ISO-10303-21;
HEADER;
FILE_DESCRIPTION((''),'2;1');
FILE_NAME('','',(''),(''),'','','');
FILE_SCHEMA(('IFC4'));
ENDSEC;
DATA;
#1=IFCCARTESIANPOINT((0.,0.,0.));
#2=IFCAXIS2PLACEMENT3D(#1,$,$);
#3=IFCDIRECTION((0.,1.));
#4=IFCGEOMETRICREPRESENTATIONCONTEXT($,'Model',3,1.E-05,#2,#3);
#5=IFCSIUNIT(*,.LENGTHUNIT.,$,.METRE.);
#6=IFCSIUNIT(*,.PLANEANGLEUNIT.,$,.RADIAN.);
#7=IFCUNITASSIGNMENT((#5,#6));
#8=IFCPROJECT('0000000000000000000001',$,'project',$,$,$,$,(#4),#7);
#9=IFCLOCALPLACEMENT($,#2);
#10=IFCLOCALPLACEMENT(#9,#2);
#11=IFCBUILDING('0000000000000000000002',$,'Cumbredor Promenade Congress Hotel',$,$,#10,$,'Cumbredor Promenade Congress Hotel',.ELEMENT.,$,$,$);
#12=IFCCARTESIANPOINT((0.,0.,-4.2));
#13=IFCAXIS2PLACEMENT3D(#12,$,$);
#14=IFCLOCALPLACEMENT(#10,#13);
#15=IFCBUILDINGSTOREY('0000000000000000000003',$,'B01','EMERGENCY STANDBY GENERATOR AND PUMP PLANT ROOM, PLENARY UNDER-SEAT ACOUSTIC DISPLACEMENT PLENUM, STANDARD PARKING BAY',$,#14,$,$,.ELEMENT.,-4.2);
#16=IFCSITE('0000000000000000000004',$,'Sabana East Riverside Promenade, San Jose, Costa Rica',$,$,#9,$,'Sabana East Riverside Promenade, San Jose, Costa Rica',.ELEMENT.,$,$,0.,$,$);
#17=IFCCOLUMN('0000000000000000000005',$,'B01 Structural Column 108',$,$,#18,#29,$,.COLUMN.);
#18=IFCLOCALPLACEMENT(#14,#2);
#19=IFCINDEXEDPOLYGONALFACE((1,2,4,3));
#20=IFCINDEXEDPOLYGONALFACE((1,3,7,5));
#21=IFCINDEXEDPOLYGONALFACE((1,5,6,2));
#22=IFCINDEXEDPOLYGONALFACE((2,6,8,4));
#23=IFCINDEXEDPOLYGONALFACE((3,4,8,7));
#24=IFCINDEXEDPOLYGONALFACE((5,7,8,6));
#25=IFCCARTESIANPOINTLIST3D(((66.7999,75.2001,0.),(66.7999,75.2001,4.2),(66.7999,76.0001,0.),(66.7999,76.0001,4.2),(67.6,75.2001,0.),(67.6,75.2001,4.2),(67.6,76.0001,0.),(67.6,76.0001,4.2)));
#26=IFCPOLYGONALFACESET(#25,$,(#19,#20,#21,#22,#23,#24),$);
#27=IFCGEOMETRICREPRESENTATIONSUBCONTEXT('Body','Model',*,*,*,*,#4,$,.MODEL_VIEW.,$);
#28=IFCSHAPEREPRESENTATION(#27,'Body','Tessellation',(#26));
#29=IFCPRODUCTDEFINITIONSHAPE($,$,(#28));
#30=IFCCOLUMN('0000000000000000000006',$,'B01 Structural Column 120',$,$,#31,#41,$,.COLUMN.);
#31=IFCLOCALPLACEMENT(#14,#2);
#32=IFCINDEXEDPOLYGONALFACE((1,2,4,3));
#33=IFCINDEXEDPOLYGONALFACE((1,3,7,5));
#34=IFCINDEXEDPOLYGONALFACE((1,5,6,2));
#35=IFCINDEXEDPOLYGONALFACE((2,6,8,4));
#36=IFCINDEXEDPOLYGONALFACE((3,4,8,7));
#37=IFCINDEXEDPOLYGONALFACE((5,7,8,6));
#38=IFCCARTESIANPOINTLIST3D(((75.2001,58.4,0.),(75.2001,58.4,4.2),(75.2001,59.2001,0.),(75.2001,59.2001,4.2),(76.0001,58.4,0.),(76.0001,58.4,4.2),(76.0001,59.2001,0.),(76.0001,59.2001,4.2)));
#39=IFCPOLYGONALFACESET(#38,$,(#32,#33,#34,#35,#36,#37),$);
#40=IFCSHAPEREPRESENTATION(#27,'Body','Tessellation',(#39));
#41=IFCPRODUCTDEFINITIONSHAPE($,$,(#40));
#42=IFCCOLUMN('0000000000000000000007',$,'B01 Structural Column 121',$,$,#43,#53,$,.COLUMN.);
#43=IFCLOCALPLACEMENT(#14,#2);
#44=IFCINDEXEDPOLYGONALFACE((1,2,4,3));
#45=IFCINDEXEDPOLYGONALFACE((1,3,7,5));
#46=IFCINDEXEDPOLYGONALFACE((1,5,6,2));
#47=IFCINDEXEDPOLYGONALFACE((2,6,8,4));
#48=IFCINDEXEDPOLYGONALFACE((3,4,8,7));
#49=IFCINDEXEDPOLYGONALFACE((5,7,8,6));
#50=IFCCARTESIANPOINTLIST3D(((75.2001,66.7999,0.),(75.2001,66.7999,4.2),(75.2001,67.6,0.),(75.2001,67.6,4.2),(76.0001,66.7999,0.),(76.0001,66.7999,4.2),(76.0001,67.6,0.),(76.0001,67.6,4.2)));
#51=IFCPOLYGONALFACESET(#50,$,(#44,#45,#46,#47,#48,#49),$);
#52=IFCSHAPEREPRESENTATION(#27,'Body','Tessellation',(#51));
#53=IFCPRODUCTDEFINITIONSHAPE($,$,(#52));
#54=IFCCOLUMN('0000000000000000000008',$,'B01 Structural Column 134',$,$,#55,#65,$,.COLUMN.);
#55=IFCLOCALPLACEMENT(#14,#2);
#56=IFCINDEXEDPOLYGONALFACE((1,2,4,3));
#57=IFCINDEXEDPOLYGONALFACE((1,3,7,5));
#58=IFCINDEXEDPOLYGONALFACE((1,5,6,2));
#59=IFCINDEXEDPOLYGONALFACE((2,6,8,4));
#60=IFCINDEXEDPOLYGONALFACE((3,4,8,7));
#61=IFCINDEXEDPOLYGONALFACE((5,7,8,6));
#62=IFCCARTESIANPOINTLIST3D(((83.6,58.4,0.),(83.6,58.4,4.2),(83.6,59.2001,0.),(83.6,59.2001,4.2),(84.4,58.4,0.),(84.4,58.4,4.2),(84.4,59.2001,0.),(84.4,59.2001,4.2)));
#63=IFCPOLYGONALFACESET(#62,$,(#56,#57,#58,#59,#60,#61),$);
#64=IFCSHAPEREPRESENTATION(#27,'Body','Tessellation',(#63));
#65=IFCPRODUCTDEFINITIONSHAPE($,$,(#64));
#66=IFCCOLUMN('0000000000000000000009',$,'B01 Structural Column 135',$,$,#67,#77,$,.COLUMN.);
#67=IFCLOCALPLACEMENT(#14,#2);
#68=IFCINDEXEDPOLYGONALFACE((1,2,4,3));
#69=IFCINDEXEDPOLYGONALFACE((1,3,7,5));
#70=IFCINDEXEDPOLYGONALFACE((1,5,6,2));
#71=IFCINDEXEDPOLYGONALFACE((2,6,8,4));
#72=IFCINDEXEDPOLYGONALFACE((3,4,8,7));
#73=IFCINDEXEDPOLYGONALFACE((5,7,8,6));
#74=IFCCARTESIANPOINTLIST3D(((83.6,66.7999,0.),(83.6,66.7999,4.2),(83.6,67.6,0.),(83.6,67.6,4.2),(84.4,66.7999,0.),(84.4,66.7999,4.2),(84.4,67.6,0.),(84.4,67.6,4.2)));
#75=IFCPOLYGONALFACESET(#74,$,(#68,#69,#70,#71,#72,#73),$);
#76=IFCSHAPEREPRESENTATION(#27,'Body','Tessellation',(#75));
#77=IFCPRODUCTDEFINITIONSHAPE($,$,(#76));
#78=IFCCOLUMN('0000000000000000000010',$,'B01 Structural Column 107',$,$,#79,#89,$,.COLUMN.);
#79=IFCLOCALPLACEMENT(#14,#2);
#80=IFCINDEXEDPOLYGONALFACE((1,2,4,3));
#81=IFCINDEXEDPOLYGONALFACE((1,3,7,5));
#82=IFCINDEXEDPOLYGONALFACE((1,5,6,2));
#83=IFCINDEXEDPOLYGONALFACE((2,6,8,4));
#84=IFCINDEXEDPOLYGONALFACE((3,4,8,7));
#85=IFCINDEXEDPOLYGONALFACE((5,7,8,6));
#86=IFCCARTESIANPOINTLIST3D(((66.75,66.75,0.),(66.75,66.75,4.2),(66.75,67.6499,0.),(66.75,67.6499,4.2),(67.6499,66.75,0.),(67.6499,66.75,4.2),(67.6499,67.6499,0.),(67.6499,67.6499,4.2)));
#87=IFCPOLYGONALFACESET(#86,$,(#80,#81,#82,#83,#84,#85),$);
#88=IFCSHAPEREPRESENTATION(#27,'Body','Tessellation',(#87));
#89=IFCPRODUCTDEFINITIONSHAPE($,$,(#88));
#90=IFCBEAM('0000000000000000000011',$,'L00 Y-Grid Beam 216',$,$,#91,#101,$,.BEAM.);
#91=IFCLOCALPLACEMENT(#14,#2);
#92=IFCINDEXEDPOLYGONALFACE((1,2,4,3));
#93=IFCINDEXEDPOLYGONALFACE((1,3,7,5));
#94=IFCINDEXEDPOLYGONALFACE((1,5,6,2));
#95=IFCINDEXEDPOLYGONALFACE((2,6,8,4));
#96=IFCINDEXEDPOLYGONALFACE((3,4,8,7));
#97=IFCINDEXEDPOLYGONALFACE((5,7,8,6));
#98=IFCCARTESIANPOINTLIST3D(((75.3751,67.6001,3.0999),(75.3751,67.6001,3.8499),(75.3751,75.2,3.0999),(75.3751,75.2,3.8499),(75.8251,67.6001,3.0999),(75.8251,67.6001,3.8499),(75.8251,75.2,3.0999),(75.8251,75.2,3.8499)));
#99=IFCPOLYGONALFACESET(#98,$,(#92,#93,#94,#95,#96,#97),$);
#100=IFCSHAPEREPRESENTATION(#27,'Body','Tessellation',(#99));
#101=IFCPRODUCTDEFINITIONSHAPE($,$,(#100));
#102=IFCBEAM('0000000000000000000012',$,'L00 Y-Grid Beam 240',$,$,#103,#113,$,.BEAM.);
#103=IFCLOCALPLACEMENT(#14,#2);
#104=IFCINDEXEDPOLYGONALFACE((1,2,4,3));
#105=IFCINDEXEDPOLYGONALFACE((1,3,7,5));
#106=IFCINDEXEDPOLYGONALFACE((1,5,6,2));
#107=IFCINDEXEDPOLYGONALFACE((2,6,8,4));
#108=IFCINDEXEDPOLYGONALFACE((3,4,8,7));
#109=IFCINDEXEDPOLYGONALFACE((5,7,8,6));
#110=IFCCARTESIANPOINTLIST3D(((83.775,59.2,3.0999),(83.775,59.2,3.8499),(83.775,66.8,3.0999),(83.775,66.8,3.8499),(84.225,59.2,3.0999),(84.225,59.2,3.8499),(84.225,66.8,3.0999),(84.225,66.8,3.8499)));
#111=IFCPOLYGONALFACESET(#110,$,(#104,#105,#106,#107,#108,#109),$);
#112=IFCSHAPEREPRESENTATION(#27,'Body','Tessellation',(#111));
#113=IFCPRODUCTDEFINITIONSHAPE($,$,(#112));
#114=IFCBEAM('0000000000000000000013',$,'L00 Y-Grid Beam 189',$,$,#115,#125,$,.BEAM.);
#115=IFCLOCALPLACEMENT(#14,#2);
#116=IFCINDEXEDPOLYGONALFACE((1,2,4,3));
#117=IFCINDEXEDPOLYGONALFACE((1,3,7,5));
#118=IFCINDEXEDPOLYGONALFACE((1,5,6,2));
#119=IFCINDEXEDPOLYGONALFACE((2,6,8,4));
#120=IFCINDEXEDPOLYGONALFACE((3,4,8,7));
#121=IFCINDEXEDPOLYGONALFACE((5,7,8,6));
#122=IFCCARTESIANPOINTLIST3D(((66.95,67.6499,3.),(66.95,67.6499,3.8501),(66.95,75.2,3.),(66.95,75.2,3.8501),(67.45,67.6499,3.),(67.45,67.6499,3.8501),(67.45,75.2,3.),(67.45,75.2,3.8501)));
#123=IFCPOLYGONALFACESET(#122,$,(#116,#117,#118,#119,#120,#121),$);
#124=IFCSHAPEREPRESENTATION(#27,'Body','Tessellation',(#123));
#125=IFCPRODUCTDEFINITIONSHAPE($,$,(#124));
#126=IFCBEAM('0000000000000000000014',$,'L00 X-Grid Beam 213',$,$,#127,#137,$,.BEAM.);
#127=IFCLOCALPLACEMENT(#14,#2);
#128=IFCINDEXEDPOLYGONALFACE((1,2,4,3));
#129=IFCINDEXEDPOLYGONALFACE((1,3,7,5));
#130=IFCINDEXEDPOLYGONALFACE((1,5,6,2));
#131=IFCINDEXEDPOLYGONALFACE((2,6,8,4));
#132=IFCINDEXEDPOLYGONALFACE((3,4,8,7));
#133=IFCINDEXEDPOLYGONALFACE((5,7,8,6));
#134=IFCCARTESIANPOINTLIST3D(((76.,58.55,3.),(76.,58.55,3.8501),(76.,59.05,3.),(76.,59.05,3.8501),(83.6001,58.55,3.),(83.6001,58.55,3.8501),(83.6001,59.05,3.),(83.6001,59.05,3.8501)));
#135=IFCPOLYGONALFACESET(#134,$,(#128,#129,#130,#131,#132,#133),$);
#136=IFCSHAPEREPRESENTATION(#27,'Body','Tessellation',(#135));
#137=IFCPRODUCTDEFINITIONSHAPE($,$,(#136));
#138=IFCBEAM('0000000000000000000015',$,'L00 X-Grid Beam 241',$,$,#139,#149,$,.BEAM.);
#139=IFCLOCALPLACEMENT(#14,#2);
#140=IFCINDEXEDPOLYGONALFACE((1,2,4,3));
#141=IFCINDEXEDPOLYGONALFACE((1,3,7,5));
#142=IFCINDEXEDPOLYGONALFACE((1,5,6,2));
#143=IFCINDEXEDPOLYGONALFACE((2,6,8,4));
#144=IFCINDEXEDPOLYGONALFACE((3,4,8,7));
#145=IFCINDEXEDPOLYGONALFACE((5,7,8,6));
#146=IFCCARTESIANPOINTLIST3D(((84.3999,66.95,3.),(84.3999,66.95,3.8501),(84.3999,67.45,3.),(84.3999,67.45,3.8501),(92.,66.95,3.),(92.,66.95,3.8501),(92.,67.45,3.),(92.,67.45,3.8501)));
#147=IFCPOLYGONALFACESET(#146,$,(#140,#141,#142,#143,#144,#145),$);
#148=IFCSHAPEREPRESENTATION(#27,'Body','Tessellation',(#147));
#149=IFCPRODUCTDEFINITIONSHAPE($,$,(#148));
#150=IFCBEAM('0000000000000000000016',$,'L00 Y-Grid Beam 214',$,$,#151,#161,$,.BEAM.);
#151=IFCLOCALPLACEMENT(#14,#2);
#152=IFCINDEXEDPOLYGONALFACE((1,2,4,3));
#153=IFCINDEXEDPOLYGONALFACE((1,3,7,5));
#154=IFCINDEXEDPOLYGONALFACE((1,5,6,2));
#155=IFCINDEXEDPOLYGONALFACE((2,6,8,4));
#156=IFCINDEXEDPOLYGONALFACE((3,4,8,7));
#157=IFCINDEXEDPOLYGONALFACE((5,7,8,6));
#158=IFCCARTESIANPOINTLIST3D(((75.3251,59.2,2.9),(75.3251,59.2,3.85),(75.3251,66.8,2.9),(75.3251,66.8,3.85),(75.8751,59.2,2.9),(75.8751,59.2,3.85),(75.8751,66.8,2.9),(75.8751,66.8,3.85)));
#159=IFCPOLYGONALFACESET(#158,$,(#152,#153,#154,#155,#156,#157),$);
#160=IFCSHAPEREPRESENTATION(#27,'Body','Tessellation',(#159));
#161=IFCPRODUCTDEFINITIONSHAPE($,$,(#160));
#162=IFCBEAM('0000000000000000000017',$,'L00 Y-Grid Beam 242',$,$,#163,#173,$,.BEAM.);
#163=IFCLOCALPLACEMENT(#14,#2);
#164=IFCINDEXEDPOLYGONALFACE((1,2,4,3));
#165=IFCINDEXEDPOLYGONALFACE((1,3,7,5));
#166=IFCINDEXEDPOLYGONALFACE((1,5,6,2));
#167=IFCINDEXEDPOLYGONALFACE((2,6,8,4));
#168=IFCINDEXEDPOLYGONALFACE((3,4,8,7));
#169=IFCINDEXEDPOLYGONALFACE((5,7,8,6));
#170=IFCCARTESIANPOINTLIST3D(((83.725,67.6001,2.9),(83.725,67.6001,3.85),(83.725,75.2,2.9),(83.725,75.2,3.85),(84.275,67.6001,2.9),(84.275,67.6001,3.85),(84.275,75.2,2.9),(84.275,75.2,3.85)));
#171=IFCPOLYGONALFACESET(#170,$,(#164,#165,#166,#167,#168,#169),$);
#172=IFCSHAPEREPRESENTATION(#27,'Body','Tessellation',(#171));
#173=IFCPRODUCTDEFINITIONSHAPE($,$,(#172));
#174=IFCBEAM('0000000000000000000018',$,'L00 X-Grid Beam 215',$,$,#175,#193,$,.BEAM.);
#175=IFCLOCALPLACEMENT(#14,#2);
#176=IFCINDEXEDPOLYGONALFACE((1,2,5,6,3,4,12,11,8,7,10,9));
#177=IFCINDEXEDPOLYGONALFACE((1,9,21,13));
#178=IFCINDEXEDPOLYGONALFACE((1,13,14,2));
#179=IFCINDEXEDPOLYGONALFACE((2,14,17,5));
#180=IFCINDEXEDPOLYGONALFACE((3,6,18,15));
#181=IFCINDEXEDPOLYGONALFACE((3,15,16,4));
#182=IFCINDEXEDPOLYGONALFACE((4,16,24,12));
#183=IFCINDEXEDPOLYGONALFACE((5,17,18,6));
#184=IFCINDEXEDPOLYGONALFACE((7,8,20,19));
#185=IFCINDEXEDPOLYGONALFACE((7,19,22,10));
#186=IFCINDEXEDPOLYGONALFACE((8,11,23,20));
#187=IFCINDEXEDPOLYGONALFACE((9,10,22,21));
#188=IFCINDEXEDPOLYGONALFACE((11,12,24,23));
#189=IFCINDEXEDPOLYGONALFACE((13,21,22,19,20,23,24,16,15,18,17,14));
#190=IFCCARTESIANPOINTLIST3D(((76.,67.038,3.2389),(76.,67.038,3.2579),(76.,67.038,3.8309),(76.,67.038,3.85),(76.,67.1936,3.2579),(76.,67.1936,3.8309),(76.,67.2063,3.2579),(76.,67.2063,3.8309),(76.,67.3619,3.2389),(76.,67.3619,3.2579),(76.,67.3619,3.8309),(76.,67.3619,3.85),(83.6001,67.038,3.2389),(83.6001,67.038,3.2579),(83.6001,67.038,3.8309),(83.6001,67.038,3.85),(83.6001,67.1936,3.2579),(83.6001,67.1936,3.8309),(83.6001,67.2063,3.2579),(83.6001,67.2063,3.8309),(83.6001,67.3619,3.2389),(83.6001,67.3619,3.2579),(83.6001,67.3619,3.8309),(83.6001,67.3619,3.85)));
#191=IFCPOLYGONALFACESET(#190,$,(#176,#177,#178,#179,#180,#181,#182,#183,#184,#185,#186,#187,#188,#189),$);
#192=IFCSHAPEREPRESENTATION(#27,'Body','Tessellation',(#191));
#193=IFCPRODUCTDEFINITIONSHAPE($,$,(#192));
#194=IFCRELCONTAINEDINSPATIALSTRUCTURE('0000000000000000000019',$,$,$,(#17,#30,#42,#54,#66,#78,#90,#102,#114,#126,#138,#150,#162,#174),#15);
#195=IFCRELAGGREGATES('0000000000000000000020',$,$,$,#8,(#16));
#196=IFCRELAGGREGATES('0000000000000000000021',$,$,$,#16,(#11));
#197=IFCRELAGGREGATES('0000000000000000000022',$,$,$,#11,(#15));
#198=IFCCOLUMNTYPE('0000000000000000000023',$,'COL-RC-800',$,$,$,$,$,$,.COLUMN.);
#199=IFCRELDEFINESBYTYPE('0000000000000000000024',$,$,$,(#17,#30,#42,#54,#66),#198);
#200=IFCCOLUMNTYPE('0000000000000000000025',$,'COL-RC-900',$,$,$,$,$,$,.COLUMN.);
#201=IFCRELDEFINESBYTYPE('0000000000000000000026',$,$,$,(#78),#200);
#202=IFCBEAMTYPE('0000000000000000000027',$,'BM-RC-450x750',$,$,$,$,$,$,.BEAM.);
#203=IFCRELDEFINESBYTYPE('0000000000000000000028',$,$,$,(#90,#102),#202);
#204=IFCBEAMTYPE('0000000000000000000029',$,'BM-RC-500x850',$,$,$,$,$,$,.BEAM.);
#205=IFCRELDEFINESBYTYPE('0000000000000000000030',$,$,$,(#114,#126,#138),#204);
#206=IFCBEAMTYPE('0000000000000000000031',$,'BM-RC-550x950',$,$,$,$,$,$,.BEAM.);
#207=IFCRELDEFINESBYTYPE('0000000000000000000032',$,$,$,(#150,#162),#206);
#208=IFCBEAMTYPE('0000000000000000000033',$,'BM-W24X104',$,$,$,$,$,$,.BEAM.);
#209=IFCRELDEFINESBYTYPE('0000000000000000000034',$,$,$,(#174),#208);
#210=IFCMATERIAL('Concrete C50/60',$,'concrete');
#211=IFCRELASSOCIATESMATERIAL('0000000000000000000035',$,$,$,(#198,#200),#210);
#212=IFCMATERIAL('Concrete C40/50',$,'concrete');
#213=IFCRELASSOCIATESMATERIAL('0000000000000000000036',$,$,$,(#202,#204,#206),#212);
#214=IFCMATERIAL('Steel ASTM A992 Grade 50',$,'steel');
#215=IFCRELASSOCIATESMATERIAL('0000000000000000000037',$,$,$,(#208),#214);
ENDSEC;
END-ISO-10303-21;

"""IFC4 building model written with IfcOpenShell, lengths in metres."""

from ifc_helpers import new_model, si_unit, direction, frame, origin, origin_2d, place, context, subcontext, project, spatial, rectangle, i_section, extrude, material, material_profile, profile_set, type_object, element, save


model = new_model("IFC4")

# Units and contexts
model_context = context("Model", 3, precision=1e-05, world=origin(), true_north=direction((0.0, 1.0)))
body_context = subcontext(model_context, "Body", "Model", "MODEL_VIEW")
ifc_project = project(units=[si_unit("LENGTHUNIT", "METRE"), si_unit("PLANEANGLEUNIT", "RADIAN")], contexts=[model_context])

# Site, building, storey
site_placement = place(None, origin())
site = spatial("IfcSite", under=ifc_project, at=site_placement, Name="Sabana East Riverside Promenade, San Jose, Costa Rica", LongName="Sabana East Riverside Promenade, San Jose, Costa Rica", CompositionType="ELEMENT", RefElevation=0.0)
building_placement = place(site_placement, origin())
building = spatial("IfcBuilding", under=site, at=building_placement, Name="Cumbredor Promenade Congress Hotel", LongName="Cumbredor Promenade Congress Hotel", CompositionType="ELEMENT")
storey_placement = place(building_placement, frame((0.0, 0.0, -4.2)))
storey = spatial("IfcBuildingStorey", under=building, at=storey_placement, Name="B01", Description="EMERGENCY STANDBY GENERATOR AND PUMP PLANT ROOM, PLENARY UNDER-SEAT ACOUSTIC DISPLACEMENT PLENUM, STANDARD PARKING BAY", CompositionType="ELEMENT", Elevation=-4.2)

# Columns
ifc_material_1 = material(Name="Concrete C50/60", Category="concrete")
ifc_material_profile_1 = material_profile(ifc_material_1, rectangle(XDim=0.8, YDim=0.8, at=origin_2d()), Name="RC 800x800")
ifc_profile_set_1 = profile_set([ifc_material_profile_1], Name="Concrete C50/60")
column_type_1 = type_object("IfcColumnType", Name="COL-RC-800", PredefinedType="COLUMN", material=ifc_profile_set_1)
for number, where, z_axis, x_axis, name in (
    (1, (67.2, 75.6001, 0.0), (0.0, 0.0, 1.0), (1.0, 0.0, 0.0), "B01 Structural Column 108"),
    (2, (75.6001, 58.8, 0.0), (0.0, 0.0, 1.0), (1.0, 0.0, 0.0), "B01 Structural Column 120"),
    (3, (75.6001, 67.2, 0.0), (0.0, 0.0, 1.0), (1.0, 0.0, 0.0), "B01 Structural Column 121"),
    (4, (84.0, 58.8, 0.0), (0.0, 0.0, 1.0), (1.0, 0.0, 0.0), "B01 Structural Column 134"),
    (5, (84.0, 67.2, 0.0), (0.0, 0.0, 1.0), (1.0, 0.0, 0.0), "B01 Structural Column 135"),
):
    element("IfcColumn", number, at=place(storey_placement, frame(where, z_axis=z_axis, x_axis=x_axis)), inside=storey, type_object=column_type_1, Name=name, PredefinedType="COLUMN", context=body_context, shape_type="SweptSolid", body=[
        extrude(rectangle(XDim=0.8, YDim=0.8, at=origin_2d()), origin(), (0.0, 0.0, 1.0), 4.2),
    ])
ifc_material_profile_2 = material_profile(ifc_material_1, rectangle(XDim=0.8999, YDim=0.8999, at=origin_2d()), Name="RC 900x900")
ifc_profile_set_2 = profile_set([ifc_material_profile_2], Name="Concrete C50/60")
column_type_2 = type_object("IfcColumnType", Name="COL-RC-900", PredefinedType="COLUMN", material=ifc_profile_set_2)
column_placement = place(storey_placement, frame((67.2, 67.2, 0.0), z_axis=(0.0, 0.0, 1.0), x_axis=(1.0, 0.0, 0.0)))
element("IfcColumn", 6, at=column_placement, inside=storey, type_object=column_type_2, Name="B01 Structural Column 107", PredefinedType="COLUMN", context=body_context, shape_type="SweptSolid", body=[
    extrude(rectangle(XDim=0.8999, YDim=0.8999, at=origin_2d()), origin(), (0.0, 0.0, 1.0), 4.2),
])

# Beams
ifc_material_2 = material(Name="Concrete C40/50", Category="concrete")
ifc_material_profile_3 = material_profile(ifc_material_2, rectangle(XDim=0.45, YDim=0.75, at=origin_2d()), Name="RC BEAM 450x750")
ifc_profile_set_3 = profile_set([ifc_material_profile_3], Name="Concrete C40/50")
beam_type_1 = type_object("IfcBeamType", Name="BM-RC-450x750", PredefinedType="BEAM", material=ifc_profile_set_3)
beam_1_placement = place(storey_placement, frame((75.6001, 67.6001, 3.4749), z_axis=(0.0, 1.0, 0.0), x_axis=(-1.0, 0.0, 0.0)))
element("IfcBeam", 7, at=beam_1_placement, inside=storey, type_object=beam_type_1, Name="L00 Y-Grid Beam 216", PredefinedType="BEAM", context=body_context, shape_type="SweptSolid", body=[
    extrude(rectangle(XDim=0.45, YDim=0.75, at=origin_2d()), origin(), (0.0, 0.0, 1.0), 7.5999),
])
beam_2_placement = place(storey_placement, frame((84.0, 59.2, 3.4749), z_axis=(0.0, 1.0, 0.0), x_axis=(-1.0, 0.0, 0.0)))
element("IfcBeam", 8, at=beam_2_placement, inside=storey, type_object=beam_type_1, Name="L00 Y-Grid Beam 240", PredefinedType="BEAM", context=body_context, shape_type="SweptSolid", body=[
    extrude(rectangle(XDim=0.45, YDim=0.75, at=origin_2d()), origin(), (0.0, 0.0, 1.0), 7.6001),
])
ifc_material_profile_4 = material_profile(ifc_material_2, rectangle(XDim=0.5, YDim=0.8501, at=origin_2d()), Name="RC BEAM 500x850")
ifc_profile_set_4 = profile_set([ifc_material_profile_4], Name="Concrete C40/50")
beam_type_2 = type_object("IfcBeamType", Name="BM-RC-500x850", PredefinedType="BEAM", material=ifc_profile_set_4)
beam_3_placement = place(storey_placement, frame((67.2, 67.6499, 3.425), z_axis=(0.0, 1.0, 0.0), x_axis=(-1.0, 0.0, 0.0)))
element("IfcBeam", 9, at=beam_3_placement, inside=storey, type_object=beam_type_2, Name="L00 Y-Grid Beam 189", PredefinedType="BEAM", context=body_context, shape_type="SweptSolid", body=[
    extrude(rectangle(XDim=0.5, YDim=0.8501, at=origin_2d()), origin(), (0.0, 0.0, 1.0), 7.55),
])
for number, where, z_axis, x_axis, name in (
    (10, (76.0, 58.8, 3.425), (1.0, 0.0, 0.0), (0.0, 1.0, 0.0), "L00 X-Grid Beam 213"),
    (11, (84.3999, 67.2, 3.425), (1.0, 0.0, 0.0), (0.0, 1.0, 0.0), "L00 X-Grid Beam 241"),
):
    element("IfcBeam", number, at=place(storey_placement, frame(where, z_axis=z_axis, x_axis=x_axis)), inside=storey, type_object=beam_type_2, Name=name, PredefinedType="BEAM", context=body_context, shape_type="SweptSolid", body=[
        extrude(rectangle(XDim=0.5, YDim=0.8501, at=origin_2d()), origin(), (0.0, 0.0, 1.0), 7.6001),
    ])
ifc_material_profile_5 = material_profile(ifc_material_2, rectangle(XDim=0.55, YDim=0.95, at=origin_2d()), Name="RC BEAM 550x950")
ifc_profile_set_5 = profile_set([ifc_material_profile_5], Name="Concrete C40/50")
beam_type_3 = type_object("IfcBeamType", Name="BM-RC-550x950", PredefinedType="BEAM", material=ifc_profile_set_5)
beam_4_placement = place(storey_placement, frame((75.6001, 59.2, 3.375), z_axis=(0.0, 1.0, 0.0), x_axis=(-1.0, 0.0, 0.0)))
element("IfcBeam", 12, at=beam_4_placement, inside=storey, type_object=beam_type_3, Name="L00 Y-Grid Beam 214", PredefinedType="BEAM", context=body_context, shape_type="SweptSolid", body=[
    extrude(rectangle(XDim=0.55, YDim=0.95, at=origin_2d()), origin(), (0.0, 0.0, 1.0), 7.6001),
])
beam_5_placement = place(storey_placement, frame((84.0, 67.6001, 3.375), z_axis=(0.0, 1.0, 0.0), x_axis=(-1.0, 0.0, 0.0)))
element("IfcBeam", 13, at=beam_5_placement, inside=storey, type_object=beam_type_3, Name="L00 Y-Grid Beam 242", PredefinedType="BEAM", context=body_context, shape_type="SweptSolid", body=[
    extrude(rectangle(XDim=0.55, YDim=0.95, at=origin_2d()), origin(), (0.0, 0.0, 1.0), 7.5999),
])
ifc_material_3 = material(Name="Steel ASTM A992 Grade 50", Category="steel")
ifc_material_profile_6 = material_profile(ifc_material_3, i_section(OverallWidth=0.324, OverallDepth=0.6111, WebThickness=0.0127, FlangeThickness=0.019, at=origin_2d()), Name="W24X104")
ifc_profile_set_6 = profile_set([ifc_material_profile_6], Name="Steel ASTM A992 Grade 50")
beam_type_4 = type_object("IfcBeamType", Name="BM-W24X104", PredefinedType="BEAM", material=ifc_profile_set_6)
for number, where, z_axis, x_axis, name in (
    (14, (76.0, 67.2, 3.5444), (1.0, 0.0, 0.0), (0.0, 1.0, 0.0), "L00 X-Grid Beam 215"),
):
    element("IfcBeam", number, at=place(storey_placement, frame(where, z_axis=z_axis, x_axis=x_axis)), inside=storey, type_object=beam_type_4, Name=name, PredefinedType="BEAM", context=body_context, shape_type="SweptSolid", body=[
        extrude(i_section(OverallWidth=0.324, OverallDepth=0.6111, WebThickness=0.0127, FlangeThickness=0.019, at=origin_2d()), origin(), (0.0, 0.0, 1.0), 7.6001),
    ])

save(model, "model.ifc")
